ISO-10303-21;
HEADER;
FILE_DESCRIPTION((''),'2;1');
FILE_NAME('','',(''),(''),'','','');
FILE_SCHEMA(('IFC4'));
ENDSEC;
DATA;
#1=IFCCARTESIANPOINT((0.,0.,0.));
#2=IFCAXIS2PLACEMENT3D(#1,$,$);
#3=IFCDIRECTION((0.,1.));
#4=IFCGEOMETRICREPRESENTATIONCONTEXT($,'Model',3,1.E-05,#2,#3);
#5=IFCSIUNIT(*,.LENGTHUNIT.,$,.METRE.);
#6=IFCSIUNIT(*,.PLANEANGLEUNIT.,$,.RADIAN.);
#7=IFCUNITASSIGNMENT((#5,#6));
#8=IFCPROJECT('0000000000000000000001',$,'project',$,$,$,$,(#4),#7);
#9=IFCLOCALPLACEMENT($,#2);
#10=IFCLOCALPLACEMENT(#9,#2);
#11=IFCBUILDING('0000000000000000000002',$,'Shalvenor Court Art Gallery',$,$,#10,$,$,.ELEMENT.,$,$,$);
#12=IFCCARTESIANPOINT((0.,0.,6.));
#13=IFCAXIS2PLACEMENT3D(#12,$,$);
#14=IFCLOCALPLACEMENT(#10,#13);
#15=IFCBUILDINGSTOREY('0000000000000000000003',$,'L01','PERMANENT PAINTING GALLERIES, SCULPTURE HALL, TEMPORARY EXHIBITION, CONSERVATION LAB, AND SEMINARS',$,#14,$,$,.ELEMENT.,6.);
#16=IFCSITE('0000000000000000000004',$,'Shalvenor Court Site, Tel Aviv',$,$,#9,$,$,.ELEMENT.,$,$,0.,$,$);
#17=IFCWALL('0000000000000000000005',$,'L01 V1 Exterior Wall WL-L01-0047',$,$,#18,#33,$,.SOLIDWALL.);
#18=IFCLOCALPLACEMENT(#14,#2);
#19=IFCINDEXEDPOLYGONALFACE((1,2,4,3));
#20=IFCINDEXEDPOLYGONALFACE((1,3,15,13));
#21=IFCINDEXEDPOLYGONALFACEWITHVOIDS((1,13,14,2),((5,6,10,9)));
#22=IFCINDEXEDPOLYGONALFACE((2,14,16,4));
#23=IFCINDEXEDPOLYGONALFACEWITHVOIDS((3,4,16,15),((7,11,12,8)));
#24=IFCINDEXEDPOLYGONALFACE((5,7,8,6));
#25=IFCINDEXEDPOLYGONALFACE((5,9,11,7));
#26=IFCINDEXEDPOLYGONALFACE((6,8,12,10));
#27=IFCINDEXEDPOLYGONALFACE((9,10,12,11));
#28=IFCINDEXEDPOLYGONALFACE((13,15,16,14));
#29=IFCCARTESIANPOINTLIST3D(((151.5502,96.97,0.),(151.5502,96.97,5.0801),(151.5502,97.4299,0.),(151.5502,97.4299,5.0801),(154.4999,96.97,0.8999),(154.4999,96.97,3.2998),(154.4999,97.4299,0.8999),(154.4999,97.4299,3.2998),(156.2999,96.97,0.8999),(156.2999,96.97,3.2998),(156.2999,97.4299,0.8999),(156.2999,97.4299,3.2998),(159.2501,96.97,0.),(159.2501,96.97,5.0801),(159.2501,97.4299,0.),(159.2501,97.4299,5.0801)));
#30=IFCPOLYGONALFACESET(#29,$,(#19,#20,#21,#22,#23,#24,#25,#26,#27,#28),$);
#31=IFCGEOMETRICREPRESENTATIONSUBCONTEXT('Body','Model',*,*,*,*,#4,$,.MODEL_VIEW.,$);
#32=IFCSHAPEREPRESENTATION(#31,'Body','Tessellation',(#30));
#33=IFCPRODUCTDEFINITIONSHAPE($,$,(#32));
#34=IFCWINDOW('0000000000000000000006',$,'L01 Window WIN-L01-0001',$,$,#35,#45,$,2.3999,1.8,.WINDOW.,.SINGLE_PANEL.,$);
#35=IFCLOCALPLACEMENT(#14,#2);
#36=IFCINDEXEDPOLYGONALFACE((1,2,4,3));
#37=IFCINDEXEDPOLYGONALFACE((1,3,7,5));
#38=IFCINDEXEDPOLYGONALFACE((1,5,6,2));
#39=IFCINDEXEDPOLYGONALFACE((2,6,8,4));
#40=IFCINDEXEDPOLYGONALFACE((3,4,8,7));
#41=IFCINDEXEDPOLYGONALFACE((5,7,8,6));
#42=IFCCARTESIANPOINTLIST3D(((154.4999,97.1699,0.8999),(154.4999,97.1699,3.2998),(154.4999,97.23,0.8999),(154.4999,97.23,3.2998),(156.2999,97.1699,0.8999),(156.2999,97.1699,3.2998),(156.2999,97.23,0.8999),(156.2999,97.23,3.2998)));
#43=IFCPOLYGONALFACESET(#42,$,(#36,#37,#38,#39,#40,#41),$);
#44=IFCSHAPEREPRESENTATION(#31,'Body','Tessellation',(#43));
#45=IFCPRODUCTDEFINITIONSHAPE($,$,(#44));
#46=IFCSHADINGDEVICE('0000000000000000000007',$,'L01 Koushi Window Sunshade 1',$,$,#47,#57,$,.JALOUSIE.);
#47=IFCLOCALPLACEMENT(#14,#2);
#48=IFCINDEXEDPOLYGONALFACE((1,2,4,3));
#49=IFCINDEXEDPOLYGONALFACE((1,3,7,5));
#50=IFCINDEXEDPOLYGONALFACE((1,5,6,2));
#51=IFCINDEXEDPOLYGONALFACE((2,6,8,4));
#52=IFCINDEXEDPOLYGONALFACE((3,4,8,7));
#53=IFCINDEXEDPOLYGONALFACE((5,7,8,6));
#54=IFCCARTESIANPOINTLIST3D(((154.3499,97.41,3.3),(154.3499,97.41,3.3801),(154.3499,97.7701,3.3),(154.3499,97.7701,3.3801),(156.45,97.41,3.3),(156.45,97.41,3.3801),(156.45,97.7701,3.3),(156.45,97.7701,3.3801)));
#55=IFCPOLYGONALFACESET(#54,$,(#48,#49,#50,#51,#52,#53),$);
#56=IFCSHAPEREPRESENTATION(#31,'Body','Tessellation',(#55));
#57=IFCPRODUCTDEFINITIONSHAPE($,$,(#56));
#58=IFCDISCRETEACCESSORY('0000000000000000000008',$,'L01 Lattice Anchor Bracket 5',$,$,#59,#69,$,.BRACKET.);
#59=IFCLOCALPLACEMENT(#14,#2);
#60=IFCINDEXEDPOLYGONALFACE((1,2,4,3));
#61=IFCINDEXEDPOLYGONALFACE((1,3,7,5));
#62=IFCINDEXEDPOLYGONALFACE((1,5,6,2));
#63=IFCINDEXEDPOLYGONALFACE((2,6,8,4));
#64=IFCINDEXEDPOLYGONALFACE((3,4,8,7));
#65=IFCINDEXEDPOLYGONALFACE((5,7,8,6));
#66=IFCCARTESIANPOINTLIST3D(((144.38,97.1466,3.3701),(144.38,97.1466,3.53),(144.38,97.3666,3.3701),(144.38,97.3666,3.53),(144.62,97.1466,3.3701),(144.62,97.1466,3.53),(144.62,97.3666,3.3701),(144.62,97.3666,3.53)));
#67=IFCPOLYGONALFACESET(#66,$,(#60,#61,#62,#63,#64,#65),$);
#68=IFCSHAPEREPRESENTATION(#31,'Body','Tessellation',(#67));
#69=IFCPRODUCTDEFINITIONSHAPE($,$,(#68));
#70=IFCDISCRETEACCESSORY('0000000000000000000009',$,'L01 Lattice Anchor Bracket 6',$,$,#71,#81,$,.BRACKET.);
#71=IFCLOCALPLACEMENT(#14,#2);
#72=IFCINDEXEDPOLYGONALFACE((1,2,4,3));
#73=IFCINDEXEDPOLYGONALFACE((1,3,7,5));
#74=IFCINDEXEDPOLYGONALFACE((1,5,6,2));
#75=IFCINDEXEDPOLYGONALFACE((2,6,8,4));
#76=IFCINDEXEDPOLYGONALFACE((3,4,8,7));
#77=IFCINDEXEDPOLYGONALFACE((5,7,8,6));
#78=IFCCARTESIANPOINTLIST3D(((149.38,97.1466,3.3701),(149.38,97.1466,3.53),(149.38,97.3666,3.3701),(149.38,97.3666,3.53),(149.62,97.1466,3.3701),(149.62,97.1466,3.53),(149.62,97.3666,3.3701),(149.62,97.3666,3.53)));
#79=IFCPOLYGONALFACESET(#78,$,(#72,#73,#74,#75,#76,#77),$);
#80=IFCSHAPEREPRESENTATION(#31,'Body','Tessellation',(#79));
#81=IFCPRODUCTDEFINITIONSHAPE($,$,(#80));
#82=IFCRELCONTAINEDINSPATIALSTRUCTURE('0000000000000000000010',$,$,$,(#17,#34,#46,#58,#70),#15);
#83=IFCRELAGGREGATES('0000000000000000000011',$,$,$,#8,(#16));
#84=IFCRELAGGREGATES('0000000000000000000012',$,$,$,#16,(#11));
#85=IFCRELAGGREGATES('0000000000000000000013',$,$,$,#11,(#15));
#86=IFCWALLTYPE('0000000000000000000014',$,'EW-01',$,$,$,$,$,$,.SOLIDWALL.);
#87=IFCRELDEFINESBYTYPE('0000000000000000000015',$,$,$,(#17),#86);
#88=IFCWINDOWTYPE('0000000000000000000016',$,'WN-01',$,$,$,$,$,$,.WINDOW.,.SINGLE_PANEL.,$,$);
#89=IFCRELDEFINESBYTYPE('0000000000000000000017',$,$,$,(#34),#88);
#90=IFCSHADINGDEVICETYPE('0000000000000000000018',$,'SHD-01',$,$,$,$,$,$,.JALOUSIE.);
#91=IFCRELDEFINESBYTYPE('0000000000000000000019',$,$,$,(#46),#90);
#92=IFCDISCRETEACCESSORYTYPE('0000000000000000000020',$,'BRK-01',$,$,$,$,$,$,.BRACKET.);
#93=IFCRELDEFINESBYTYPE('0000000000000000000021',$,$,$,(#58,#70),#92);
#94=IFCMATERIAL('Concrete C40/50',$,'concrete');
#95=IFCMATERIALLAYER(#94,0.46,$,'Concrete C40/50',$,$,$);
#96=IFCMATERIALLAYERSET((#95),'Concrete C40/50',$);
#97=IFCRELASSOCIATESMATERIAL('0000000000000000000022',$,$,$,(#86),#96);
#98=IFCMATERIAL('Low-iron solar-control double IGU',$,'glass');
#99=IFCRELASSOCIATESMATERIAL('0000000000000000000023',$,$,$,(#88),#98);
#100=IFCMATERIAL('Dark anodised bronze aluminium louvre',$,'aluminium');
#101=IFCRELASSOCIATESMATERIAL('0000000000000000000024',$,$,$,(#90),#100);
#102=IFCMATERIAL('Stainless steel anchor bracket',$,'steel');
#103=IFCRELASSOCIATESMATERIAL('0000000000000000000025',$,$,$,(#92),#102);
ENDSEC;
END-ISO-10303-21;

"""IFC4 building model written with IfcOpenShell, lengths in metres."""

from ifc_helpers import new_model, si_unit, direction, frame, frame_2d, origin, origin_2d, place, context, subcontext, project, spatial, rectangle, extrude, material, layer, layer_set, type_object, element, fill, save


model = new_model("IFC4")

# Units and contexts
model_context = context("Model", 3, precision=1e-05, world=origin(), true_north=direction((0.0, 1.0)))
body_context = subcontext(model_context, "Body", "Model", "MODEL_VIEW")
ifc_project = project(units=[si_unit("LENGTHUNIT", "METRE"), si_unit("PLANEANGLEUNIT", "RADIAN")], contexts=[model_context])

# Site, building, storey
site_placement = place(None, origin())
site = spatial("IfcSite", under=ifc_project, at=site_placement, Name="Shalvenor Court Site, Tel Aviv", CompositionType="ELEMENT", RefElevation=0.0)
building_placement = place(site_placement, origin())
building = spatial("IfcBuilding", under=site, at=building_placement, Name="Shalvenor Court Art Gallery", CompositionType="ELEMENT")
storey_placement = place(building_placement, frame((0.0, 0.0, 6.0)))
storey = spatial("IfcBuildingStorey", under=building, at=storey_placement, Name="L01", Description="PERMANENT PAINTING GALLERIES, SCULPTURE HALL, TEMPORARY EXHIBITION, CONSERVATION LAB, AND SEMINARS", CompositionType="ELEMENT", Elevation=6.0)

# Wall, opening, window
ifc_material_1 = material(Name="Concrete C40/50", Category="concrete")
ifc_layer_1 = layer(ifc_material_1, 0.46, Name="Concrete C40/50")
ifc_layer_set_1 = layer_set([ifc_layer_1], Name="Concrete C40/50")
wall_type = type_object("IfcWallType", Name="EW-01", PredefinedType="SOLIDWALL", material=ifc_layer_set_1)
wall_placement = place(storey_placement, frame((151.55, 97.2, 0.0), z_axis=(0.0, 0.0, 1.0), x_axis=(1.0, 0.0, 0.0)))
wall = element("IfcWall", 1, at=wall_placement, inside=storey, type_object=wall_type, Name="L01 V1 Exterior Wall WL-L01-0047", PredefinedType="SOLIDWALL", context=body_context, shape_type="SweptSolid", body=[
    extrude(rectangle(XDim=7.7, YDim=0.46, at=frame_2d((3.8501, 0.0))), origin(), (0.0, 0.0, 1.0), 5.0801),
])
opening_placement = place(wall_placement, frame((2.95, 0.0, 0.8999)))
opening = element("IfcOpeningElement", 2, at=opening_placement, cuts=wall, PredefinedType="OPENING", context=body_context, shape_type="SweptSolid", body=[
    extrude(rectangle(XDim=1.8, YDim=2.3999, at=frame_2d((0.8999, 1.2))), frame((0.0, 0.24, 0.0), z_axis=(0.0, -1.0, 0.0), x_axis=(1.0, 0.0, 0.0)), (0.0, 0.0, 1.0), 0.48),
])
ifc_material_2 = material(Name="Low-iron solar-control double IGU", Category="glass")
window_type = type_object("IfcWindowType", Name="WN-01", PartitioningType="SINGLE_PANEL", PredefinedType="WINDOW", material=ifc_material_2)
window_placement = place(opening_placement, origin())
window = element("IfcWindow", 3, at=window_placement, inside=storey, type_object=window_type, Name="L01 Window WIN-L01-0001", OverallHeight=2.3999, OverallWidth=1.8, PartitioningType="SINGLE_PANEL", PredefinedType="WINDOW", context=body_context, shape_type="SweptSolid", body=[
    extrude(rectangle(XDim=1.8, YDim=2.3999, at=frame_2d((0.8999, 1.2))), frame((0.0, 0.03, 0.0), z_axis=(0.0, -1.0, 0.0), x_axis=(1.0, 0.0, 0.0)), (0.0, 0.0, 1.0), 0.0601),
])
fill(opening, window)

# Shading device
ifc_material_3 = material(Name="Dark anodised bronze aluminium louvre", Category="aluminium")
shading_device_type = type_object("IfcShadingDeviceType", Name="SHD-01", PredefinedType="JALOUSIE", material=ifc_material_3)
shading_device_placement = place(storey_placement, frame((155.3999, 97.5901, 3.3), z_axis=(0.0, 0.0, 1.0), x_axis=(1.0, 0.0, 0.0)))
element("IfcShadingDevice", 4, at=shading_device_placement, inside=storey, type_object=shading_device_type, Name="L01 Koushi Window Sunshade 1", PredefinedType="JALOUSIE", context=body_context, shape_type="SweptSolid", body=[
    extrude(rectangle(XDim=2.1001, YDim=0.3601, at=origin_2d()), origin(), (0.0, 0.0, 1.0), 0.0801),
])

# Discrete accessories
ifc_material_4 = material(Name="Stainless steel anchor bracket", Category="steel")
discrete_accessory_type = type_object("IfcDiscreteAccessoryType", Name="BRK-01", PredefinedType="BRACKET", material=ifc_material_4)
for number, where, z_axis, x_axis, name in (
    (5, (144.5, 97.2566, 3.3701), (0.0, 0.0, 1.0), (1.0, 0.0, 0.0), "L01 Lattice Anchor Bracket 5"),
    (6, (149.5, 97.2566, 3.3701), (0.0, 0.0, 1.0), (1.0, 0.0, 0.0), "L01 Lattice Anchor Bracket 6"),
):
    element("IfcDiscreteAccessory", number, at=place(storey_placement, frame(where, z_axis=z_axis, x_axis=x_axis)), inside=storey, type_object=discrete_accessory_type, Name=name, PredefinedType="BRACKET", context=body_context, shape_type="SweptSolid", body=[
        extrude(rectangle(XDim=0.24, YDim=0.22, at=origin_2d()), origin(), (0.0, 0.0, 1.0), 0.1599),
    ])

save(model, "model.ifc")
